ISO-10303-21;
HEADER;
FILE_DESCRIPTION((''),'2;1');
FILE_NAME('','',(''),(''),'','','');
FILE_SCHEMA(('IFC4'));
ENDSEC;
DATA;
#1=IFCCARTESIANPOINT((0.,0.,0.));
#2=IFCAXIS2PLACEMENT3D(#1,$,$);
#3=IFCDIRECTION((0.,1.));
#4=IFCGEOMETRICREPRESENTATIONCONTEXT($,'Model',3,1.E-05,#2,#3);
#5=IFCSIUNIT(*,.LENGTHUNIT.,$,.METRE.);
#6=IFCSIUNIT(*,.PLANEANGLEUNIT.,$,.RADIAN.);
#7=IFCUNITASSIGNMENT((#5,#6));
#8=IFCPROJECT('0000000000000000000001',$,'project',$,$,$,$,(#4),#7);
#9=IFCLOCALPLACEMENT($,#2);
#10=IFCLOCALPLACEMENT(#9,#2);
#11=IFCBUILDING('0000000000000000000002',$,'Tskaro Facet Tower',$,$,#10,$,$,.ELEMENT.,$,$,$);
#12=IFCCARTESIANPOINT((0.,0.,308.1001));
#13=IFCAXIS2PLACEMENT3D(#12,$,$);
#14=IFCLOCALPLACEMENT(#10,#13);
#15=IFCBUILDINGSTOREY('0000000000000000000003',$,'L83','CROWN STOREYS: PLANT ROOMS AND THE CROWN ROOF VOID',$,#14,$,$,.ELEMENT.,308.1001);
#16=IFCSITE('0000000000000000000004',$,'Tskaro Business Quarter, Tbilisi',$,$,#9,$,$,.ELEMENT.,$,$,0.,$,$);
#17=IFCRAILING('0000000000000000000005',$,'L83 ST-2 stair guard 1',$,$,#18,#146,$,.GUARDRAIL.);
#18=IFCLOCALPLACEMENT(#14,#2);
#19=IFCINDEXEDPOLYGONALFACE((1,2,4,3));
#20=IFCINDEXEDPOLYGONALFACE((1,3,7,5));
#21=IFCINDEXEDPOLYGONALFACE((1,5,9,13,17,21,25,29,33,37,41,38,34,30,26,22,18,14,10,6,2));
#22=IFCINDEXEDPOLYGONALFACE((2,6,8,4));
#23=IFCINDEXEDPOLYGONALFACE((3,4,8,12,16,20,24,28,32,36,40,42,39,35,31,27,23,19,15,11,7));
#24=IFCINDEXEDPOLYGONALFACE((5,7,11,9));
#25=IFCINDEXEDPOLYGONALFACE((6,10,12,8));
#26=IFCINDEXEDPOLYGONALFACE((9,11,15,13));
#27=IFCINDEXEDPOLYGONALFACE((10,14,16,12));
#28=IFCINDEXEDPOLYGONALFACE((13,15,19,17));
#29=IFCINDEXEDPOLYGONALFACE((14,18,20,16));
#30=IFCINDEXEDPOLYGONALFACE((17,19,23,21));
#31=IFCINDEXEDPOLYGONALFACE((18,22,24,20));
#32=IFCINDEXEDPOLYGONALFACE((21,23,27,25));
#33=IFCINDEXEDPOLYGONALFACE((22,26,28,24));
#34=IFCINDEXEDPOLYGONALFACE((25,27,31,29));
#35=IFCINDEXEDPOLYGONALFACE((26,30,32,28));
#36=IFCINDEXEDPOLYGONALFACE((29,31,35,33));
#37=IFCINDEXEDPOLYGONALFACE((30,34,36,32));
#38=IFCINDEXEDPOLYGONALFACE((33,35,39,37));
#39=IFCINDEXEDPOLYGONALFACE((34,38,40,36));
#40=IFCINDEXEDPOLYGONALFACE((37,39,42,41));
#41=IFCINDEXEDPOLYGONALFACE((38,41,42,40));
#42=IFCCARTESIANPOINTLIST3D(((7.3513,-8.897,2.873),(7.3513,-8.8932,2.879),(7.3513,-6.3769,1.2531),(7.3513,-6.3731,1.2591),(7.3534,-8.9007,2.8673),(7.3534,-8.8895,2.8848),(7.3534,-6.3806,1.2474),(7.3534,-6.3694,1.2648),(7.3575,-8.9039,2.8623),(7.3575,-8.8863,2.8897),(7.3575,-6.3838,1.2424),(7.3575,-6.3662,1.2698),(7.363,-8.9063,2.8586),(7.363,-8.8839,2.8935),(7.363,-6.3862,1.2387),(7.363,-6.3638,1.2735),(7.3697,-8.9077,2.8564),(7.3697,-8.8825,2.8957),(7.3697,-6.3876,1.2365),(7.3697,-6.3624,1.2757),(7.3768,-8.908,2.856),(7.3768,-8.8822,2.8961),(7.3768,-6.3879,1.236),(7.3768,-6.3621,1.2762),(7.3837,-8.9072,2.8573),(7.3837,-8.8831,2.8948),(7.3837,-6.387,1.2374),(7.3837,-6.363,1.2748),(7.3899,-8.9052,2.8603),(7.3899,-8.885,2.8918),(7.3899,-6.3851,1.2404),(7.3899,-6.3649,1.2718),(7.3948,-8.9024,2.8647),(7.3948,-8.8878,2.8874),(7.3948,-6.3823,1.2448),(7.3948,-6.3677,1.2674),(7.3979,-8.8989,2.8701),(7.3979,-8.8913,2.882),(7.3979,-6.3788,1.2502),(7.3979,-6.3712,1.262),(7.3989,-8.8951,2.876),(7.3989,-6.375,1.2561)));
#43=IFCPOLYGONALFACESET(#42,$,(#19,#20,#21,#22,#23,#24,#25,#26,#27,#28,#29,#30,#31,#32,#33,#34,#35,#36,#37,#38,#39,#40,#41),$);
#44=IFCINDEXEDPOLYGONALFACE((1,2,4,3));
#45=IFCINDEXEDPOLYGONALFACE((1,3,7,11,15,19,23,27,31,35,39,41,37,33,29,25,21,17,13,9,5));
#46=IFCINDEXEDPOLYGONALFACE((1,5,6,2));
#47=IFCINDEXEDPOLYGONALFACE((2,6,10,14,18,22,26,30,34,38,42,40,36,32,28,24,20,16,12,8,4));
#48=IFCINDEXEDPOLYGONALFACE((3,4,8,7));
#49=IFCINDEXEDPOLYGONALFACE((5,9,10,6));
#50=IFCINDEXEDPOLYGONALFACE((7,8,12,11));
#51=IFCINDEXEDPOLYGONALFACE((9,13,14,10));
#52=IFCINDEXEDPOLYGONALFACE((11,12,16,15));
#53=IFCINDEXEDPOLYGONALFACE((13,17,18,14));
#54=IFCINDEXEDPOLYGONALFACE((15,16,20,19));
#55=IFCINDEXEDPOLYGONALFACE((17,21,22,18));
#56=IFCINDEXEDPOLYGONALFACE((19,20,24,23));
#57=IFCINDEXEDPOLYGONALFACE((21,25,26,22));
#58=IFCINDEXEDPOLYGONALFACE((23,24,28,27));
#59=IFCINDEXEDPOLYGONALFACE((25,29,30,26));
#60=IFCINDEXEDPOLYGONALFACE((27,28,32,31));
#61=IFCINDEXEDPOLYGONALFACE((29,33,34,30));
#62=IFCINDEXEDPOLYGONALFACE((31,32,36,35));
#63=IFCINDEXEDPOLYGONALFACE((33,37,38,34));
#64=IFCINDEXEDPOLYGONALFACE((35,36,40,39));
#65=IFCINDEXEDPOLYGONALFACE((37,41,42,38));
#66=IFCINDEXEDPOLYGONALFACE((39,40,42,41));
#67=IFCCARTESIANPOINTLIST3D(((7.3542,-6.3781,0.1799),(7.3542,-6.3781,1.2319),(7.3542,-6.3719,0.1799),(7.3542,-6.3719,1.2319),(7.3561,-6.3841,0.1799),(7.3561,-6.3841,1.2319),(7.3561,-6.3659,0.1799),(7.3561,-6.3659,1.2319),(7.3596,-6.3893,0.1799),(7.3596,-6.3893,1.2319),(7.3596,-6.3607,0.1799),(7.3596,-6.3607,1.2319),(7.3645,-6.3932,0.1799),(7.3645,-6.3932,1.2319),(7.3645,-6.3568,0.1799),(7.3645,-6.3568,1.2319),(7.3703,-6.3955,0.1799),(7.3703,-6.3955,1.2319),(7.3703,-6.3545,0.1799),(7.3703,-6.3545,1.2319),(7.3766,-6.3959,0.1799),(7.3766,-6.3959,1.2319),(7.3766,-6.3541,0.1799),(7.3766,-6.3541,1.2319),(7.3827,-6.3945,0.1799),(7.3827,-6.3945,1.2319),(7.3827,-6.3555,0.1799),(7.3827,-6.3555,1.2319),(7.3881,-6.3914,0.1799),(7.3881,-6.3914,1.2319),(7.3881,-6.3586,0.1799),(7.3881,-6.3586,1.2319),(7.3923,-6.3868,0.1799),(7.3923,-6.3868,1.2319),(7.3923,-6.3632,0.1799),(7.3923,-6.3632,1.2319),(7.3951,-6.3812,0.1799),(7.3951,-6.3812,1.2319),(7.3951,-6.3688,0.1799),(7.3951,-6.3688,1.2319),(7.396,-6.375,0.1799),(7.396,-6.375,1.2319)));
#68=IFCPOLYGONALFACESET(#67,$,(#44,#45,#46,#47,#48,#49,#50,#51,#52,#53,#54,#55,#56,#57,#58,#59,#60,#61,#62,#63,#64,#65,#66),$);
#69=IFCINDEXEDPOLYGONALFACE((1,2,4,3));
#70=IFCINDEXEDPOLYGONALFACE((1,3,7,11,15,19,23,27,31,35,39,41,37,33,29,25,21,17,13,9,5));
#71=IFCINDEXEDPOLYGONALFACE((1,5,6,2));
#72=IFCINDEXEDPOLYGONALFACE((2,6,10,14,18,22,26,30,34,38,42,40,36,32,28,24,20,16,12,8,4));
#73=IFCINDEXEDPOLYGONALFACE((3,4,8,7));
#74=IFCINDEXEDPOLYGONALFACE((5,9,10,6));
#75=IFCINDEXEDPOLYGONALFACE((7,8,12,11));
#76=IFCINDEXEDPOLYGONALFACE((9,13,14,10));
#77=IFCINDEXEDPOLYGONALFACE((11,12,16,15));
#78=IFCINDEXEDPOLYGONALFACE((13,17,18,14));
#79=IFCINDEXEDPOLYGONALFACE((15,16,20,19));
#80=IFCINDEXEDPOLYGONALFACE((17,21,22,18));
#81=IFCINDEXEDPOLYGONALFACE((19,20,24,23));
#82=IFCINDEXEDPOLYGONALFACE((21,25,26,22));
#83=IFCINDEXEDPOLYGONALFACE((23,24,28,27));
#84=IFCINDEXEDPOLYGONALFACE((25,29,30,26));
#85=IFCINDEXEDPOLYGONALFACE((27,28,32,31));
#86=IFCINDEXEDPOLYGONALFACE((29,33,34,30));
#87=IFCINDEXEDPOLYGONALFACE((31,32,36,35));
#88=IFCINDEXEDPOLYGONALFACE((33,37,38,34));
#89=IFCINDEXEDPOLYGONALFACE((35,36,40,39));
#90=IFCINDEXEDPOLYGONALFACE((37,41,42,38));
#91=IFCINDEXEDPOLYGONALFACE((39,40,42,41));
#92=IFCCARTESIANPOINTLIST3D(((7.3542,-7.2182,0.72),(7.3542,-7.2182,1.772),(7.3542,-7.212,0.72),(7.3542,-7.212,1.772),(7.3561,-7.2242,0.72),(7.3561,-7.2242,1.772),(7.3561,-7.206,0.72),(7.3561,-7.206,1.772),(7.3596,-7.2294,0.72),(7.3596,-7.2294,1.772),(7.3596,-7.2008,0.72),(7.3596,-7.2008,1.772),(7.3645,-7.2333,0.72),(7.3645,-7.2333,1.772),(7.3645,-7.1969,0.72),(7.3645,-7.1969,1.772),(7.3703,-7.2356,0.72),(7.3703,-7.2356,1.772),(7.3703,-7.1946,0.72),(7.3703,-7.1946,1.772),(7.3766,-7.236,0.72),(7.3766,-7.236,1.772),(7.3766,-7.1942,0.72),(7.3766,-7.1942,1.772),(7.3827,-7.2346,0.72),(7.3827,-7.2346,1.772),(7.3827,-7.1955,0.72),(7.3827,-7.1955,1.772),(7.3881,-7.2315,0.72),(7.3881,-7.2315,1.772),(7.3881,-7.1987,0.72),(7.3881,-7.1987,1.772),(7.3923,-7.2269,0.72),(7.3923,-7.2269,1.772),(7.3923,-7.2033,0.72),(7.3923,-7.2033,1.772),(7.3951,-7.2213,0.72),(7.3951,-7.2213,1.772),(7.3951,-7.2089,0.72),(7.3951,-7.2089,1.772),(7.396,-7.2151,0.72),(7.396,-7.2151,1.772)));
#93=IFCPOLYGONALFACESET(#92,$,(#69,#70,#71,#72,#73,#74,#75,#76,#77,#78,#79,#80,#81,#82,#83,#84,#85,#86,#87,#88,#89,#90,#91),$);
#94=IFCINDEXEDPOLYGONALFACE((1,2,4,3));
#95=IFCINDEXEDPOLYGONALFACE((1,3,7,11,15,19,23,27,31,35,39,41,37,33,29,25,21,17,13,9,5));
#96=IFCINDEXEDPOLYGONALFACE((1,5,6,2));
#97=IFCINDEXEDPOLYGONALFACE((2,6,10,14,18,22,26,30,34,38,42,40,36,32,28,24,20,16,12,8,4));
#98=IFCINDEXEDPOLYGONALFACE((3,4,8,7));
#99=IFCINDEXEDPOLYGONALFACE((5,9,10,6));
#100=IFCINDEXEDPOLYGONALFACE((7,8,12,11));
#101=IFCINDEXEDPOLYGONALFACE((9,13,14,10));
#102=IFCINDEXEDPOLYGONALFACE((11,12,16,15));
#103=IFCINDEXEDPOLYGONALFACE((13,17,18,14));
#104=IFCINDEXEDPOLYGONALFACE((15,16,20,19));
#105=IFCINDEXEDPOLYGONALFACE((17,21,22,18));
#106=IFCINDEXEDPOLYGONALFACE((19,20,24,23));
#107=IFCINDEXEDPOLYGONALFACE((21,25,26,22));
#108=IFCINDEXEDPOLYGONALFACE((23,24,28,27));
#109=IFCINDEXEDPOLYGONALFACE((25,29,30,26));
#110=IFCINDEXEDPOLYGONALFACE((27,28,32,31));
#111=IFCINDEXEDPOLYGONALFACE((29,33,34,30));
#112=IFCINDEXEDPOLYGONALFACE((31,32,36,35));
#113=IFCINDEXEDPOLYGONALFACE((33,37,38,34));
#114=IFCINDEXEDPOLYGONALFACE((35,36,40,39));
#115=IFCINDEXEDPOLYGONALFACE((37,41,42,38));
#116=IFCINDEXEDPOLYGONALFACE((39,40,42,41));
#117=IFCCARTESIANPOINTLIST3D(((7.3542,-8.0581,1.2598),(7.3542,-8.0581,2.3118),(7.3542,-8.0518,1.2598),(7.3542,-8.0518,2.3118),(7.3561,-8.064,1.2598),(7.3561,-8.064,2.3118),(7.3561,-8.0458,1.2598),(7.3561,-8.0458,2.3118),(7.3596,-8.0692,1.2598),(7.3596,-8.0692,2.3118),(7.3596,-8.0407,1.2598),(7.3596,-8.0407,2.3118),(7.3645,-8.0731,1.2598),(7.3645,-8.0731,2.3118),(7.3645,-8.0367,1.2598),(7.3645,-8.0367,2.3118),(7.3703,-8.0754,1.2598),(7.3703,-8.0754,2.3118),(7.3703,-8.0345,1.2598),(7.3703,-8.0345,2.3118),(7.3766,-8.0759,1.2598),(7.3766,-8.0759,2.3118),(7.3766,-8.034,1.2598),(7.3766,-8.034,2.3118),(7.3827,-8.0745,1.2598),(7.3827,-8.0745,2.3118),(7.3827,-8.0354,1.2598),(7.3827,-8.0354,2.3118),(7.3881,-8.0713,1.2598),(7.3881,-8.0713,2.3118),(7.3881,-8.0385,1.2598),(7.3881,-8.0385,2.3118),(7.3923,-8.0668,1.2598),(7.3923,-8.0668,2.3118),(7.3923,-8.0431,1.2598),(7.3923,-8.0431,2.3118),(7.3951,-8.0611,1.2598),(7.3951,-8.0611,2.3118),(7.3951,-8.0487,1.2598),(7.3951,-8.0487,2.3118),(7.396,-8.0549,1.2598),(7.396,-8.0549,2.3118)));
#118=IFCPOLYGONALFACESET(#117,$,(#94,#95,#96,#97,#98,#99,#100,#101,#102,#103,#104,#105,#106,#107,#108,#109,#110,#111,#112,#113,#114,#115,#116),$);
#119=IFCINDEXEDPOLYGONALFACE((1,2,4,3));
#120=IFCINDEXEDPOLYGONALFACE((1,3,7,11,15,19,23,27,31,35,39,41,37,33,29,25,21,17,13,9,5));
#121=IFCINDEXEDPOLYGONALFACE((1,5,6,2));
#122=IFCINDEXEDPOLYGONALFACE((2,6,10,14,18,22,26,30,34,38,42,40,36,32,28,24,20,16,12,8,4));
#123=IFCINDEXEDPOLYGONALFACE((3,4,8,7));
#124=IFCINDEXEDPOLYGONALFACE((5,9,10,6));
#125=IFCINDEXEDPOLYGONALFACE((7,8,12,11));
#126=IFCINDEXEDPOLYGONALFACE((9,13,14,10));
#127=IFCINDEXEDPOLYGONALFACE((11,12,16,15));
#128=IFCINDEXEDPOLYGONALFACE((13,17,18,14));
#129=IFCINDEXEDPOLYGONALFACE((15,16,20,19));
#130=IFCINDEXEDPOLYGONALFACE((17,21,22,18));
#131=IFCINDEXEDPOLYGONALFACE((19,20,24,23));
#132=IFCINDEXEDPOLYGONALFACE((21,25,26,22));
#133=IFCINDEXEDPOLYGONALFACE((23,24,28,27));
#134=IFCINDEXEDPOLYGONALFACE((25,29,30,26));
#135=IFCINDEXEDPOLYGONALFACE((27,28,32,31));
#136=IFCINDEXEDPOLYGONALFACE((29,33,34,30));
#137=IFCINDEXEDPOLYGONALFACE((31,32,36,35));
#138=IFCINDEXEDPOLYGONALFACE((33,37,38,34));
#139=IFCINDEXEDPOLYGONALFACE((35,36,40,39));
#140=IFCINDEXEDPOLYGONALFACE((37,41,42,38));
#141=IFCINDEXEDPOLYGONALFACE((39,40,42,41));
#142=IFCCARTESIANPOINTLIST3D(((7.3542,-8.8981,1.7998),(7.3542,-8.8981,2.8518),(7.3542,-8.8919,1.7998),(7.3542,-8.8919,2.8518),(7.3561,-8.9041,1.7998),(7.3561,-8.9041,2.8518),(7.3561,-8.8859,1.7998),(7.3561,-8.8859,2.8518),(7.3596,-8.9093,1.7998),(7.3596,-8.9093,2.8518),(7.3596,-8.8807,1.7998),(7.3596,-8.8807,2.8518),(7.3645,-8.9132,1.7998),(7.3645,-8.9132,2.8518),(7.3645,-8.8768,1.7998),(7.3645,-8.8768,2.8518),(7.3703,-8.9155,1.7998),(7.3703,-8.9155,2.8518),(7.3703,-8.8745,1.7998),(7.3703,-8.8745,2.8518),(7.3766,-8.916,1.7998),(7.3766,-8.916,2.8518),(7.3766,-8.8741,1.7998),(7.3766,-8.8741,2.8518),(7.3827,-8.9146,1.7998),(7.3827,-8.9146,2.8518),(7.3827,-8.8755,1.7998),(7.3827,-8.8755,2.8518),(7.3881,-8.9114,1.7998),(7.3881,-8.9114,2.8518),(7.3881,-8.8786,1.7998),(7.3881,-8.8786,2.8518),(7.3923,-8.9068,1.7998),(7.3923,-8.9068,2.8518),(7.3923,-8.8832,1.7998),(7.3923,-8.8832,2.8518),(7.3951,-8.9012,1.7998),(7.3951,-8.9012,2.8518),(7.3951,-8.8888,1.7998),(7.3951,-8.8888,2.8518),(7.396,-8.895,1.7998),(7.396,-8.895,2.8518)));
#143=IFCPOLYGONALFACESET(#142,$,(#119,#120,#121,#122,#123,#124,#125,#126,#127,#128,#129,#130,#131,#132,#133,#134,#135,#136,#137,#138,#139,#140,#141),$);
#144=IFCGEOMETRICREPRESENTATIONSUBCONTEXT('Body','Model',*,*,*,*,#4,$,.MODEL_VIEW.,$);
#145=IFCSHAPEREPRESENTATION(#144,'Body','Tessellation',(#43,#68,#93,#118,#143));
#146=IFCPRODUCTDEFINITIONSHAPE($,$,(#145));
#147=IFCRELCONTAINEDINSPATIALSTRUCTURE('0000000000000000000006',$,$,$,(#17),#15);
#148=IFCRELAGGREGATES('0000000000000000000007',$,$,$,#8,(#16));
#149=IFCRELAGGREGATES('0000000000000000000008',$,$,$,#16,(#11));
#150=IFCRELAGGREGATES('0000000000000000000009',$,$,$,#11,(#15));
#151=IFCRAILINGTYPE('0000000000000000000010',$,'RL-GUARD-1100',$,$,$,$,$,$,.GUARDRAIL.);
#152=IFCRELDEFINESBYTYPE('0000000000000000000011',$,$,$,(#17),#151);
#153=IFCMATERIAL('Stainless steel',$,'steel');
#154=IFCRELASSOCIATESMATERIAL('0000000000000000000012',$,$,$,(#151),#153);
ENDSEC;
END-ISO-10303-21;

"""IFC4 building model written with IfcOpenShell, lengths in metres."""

from ifc_helpers import new_model, si_unit, direction, frame, origin, origin_2d, place, context, subcontext, project, spatial, circle, extrude, material, type_object, element, save


model = new_model("IFC4")

# Units and contexts
model_context = context("Model", 3, precision=1e-05, world=origin(), true_north=direction((0.0, 1.0)))
body_context = subcontext(model_context, "Body", "Model", "MODEL_VIEW")
ifc_project = project(units=[si_unit("LENGTHUNIT", "METRE"), si_unit("PLANEANGLEUNIT", "RADIAN")], contexts=[model_context])

# Site, building, storey
site_placement = place(None, origin())
site = spatial("IfcSite", under=ifc_project, at=site_placement, Name="Tskaro Business Quarter, Tbilisi", CompositionType="ELEMENT", RefElevation=0.0)
building_placement = place(site_placement, origin())
building = spatial("IfcBuilding", under=site, at=building_placement, Name="Tskaro Facet Tower", CompositionType="ELEMENT")
storey_placement = place(building_placement, frame((0.0, 0.0, 308.1001)))
storey = spatial("IfcBuildingStorey", under=building, at=storey_placement, Name="L83", Description="CROWN STOREYS: PLANT ROOMS AND THE CROWN ROOF VOID", CompositionType="ELEMENT", Elevation=308.1001)

# Railing
ifc_material_1 = material(Name="Stainless steel", Category="steel")
railing_type = type_object("IfcRailingType", Name="RL-GUARD-1100", PredefinedType="GUARDRAIL", material=ifc_material_1)
railing_1_placement = place(storey_placement, frame((7.375, -6.375, 0.1799)))
element("IfcRailing", 1, at=railing_1_placement, inside=storey, type_object=railing_type, Name="L83 ST-2 stair guard 1", PredefinedType="GUARDRAIL", context=body_context, shape_type="SweptSolid", body=[
    extrude(circle(Radius=0.0239, at=origin_2d()), frame((0.0, 0.0, 1.0762), z_axis=(0.0, -0.8412, 0.540725), x_axis=(1.0, 0.0, 0.0)), (0.0, 0.0, 1.0), 2.9958),
    extrude(circle(Radius=0.021, at=origin_2d()), origin(), (0.0, 0.0, 1.0), 1.052),
    extrude(circle(Radius=0.021, at=origin_2d()), frame((0.0, -0.8401, 0.54)), (0.0, 0.0, 1.0), 1.052),
    extrude(circle(Radius=0.021, at=origin_2d()), frame((0.0, -1.6799, 1.0798)), (0.0, 0.0, 1.0), 1.052),
    extrude(circle(Radius=0.021, at=origin_2d()), frame((0.0, -2.52, 1.6199)), (0.0, 0.0, 1.0), 1.052),
])

save(model, "model.ifc")
